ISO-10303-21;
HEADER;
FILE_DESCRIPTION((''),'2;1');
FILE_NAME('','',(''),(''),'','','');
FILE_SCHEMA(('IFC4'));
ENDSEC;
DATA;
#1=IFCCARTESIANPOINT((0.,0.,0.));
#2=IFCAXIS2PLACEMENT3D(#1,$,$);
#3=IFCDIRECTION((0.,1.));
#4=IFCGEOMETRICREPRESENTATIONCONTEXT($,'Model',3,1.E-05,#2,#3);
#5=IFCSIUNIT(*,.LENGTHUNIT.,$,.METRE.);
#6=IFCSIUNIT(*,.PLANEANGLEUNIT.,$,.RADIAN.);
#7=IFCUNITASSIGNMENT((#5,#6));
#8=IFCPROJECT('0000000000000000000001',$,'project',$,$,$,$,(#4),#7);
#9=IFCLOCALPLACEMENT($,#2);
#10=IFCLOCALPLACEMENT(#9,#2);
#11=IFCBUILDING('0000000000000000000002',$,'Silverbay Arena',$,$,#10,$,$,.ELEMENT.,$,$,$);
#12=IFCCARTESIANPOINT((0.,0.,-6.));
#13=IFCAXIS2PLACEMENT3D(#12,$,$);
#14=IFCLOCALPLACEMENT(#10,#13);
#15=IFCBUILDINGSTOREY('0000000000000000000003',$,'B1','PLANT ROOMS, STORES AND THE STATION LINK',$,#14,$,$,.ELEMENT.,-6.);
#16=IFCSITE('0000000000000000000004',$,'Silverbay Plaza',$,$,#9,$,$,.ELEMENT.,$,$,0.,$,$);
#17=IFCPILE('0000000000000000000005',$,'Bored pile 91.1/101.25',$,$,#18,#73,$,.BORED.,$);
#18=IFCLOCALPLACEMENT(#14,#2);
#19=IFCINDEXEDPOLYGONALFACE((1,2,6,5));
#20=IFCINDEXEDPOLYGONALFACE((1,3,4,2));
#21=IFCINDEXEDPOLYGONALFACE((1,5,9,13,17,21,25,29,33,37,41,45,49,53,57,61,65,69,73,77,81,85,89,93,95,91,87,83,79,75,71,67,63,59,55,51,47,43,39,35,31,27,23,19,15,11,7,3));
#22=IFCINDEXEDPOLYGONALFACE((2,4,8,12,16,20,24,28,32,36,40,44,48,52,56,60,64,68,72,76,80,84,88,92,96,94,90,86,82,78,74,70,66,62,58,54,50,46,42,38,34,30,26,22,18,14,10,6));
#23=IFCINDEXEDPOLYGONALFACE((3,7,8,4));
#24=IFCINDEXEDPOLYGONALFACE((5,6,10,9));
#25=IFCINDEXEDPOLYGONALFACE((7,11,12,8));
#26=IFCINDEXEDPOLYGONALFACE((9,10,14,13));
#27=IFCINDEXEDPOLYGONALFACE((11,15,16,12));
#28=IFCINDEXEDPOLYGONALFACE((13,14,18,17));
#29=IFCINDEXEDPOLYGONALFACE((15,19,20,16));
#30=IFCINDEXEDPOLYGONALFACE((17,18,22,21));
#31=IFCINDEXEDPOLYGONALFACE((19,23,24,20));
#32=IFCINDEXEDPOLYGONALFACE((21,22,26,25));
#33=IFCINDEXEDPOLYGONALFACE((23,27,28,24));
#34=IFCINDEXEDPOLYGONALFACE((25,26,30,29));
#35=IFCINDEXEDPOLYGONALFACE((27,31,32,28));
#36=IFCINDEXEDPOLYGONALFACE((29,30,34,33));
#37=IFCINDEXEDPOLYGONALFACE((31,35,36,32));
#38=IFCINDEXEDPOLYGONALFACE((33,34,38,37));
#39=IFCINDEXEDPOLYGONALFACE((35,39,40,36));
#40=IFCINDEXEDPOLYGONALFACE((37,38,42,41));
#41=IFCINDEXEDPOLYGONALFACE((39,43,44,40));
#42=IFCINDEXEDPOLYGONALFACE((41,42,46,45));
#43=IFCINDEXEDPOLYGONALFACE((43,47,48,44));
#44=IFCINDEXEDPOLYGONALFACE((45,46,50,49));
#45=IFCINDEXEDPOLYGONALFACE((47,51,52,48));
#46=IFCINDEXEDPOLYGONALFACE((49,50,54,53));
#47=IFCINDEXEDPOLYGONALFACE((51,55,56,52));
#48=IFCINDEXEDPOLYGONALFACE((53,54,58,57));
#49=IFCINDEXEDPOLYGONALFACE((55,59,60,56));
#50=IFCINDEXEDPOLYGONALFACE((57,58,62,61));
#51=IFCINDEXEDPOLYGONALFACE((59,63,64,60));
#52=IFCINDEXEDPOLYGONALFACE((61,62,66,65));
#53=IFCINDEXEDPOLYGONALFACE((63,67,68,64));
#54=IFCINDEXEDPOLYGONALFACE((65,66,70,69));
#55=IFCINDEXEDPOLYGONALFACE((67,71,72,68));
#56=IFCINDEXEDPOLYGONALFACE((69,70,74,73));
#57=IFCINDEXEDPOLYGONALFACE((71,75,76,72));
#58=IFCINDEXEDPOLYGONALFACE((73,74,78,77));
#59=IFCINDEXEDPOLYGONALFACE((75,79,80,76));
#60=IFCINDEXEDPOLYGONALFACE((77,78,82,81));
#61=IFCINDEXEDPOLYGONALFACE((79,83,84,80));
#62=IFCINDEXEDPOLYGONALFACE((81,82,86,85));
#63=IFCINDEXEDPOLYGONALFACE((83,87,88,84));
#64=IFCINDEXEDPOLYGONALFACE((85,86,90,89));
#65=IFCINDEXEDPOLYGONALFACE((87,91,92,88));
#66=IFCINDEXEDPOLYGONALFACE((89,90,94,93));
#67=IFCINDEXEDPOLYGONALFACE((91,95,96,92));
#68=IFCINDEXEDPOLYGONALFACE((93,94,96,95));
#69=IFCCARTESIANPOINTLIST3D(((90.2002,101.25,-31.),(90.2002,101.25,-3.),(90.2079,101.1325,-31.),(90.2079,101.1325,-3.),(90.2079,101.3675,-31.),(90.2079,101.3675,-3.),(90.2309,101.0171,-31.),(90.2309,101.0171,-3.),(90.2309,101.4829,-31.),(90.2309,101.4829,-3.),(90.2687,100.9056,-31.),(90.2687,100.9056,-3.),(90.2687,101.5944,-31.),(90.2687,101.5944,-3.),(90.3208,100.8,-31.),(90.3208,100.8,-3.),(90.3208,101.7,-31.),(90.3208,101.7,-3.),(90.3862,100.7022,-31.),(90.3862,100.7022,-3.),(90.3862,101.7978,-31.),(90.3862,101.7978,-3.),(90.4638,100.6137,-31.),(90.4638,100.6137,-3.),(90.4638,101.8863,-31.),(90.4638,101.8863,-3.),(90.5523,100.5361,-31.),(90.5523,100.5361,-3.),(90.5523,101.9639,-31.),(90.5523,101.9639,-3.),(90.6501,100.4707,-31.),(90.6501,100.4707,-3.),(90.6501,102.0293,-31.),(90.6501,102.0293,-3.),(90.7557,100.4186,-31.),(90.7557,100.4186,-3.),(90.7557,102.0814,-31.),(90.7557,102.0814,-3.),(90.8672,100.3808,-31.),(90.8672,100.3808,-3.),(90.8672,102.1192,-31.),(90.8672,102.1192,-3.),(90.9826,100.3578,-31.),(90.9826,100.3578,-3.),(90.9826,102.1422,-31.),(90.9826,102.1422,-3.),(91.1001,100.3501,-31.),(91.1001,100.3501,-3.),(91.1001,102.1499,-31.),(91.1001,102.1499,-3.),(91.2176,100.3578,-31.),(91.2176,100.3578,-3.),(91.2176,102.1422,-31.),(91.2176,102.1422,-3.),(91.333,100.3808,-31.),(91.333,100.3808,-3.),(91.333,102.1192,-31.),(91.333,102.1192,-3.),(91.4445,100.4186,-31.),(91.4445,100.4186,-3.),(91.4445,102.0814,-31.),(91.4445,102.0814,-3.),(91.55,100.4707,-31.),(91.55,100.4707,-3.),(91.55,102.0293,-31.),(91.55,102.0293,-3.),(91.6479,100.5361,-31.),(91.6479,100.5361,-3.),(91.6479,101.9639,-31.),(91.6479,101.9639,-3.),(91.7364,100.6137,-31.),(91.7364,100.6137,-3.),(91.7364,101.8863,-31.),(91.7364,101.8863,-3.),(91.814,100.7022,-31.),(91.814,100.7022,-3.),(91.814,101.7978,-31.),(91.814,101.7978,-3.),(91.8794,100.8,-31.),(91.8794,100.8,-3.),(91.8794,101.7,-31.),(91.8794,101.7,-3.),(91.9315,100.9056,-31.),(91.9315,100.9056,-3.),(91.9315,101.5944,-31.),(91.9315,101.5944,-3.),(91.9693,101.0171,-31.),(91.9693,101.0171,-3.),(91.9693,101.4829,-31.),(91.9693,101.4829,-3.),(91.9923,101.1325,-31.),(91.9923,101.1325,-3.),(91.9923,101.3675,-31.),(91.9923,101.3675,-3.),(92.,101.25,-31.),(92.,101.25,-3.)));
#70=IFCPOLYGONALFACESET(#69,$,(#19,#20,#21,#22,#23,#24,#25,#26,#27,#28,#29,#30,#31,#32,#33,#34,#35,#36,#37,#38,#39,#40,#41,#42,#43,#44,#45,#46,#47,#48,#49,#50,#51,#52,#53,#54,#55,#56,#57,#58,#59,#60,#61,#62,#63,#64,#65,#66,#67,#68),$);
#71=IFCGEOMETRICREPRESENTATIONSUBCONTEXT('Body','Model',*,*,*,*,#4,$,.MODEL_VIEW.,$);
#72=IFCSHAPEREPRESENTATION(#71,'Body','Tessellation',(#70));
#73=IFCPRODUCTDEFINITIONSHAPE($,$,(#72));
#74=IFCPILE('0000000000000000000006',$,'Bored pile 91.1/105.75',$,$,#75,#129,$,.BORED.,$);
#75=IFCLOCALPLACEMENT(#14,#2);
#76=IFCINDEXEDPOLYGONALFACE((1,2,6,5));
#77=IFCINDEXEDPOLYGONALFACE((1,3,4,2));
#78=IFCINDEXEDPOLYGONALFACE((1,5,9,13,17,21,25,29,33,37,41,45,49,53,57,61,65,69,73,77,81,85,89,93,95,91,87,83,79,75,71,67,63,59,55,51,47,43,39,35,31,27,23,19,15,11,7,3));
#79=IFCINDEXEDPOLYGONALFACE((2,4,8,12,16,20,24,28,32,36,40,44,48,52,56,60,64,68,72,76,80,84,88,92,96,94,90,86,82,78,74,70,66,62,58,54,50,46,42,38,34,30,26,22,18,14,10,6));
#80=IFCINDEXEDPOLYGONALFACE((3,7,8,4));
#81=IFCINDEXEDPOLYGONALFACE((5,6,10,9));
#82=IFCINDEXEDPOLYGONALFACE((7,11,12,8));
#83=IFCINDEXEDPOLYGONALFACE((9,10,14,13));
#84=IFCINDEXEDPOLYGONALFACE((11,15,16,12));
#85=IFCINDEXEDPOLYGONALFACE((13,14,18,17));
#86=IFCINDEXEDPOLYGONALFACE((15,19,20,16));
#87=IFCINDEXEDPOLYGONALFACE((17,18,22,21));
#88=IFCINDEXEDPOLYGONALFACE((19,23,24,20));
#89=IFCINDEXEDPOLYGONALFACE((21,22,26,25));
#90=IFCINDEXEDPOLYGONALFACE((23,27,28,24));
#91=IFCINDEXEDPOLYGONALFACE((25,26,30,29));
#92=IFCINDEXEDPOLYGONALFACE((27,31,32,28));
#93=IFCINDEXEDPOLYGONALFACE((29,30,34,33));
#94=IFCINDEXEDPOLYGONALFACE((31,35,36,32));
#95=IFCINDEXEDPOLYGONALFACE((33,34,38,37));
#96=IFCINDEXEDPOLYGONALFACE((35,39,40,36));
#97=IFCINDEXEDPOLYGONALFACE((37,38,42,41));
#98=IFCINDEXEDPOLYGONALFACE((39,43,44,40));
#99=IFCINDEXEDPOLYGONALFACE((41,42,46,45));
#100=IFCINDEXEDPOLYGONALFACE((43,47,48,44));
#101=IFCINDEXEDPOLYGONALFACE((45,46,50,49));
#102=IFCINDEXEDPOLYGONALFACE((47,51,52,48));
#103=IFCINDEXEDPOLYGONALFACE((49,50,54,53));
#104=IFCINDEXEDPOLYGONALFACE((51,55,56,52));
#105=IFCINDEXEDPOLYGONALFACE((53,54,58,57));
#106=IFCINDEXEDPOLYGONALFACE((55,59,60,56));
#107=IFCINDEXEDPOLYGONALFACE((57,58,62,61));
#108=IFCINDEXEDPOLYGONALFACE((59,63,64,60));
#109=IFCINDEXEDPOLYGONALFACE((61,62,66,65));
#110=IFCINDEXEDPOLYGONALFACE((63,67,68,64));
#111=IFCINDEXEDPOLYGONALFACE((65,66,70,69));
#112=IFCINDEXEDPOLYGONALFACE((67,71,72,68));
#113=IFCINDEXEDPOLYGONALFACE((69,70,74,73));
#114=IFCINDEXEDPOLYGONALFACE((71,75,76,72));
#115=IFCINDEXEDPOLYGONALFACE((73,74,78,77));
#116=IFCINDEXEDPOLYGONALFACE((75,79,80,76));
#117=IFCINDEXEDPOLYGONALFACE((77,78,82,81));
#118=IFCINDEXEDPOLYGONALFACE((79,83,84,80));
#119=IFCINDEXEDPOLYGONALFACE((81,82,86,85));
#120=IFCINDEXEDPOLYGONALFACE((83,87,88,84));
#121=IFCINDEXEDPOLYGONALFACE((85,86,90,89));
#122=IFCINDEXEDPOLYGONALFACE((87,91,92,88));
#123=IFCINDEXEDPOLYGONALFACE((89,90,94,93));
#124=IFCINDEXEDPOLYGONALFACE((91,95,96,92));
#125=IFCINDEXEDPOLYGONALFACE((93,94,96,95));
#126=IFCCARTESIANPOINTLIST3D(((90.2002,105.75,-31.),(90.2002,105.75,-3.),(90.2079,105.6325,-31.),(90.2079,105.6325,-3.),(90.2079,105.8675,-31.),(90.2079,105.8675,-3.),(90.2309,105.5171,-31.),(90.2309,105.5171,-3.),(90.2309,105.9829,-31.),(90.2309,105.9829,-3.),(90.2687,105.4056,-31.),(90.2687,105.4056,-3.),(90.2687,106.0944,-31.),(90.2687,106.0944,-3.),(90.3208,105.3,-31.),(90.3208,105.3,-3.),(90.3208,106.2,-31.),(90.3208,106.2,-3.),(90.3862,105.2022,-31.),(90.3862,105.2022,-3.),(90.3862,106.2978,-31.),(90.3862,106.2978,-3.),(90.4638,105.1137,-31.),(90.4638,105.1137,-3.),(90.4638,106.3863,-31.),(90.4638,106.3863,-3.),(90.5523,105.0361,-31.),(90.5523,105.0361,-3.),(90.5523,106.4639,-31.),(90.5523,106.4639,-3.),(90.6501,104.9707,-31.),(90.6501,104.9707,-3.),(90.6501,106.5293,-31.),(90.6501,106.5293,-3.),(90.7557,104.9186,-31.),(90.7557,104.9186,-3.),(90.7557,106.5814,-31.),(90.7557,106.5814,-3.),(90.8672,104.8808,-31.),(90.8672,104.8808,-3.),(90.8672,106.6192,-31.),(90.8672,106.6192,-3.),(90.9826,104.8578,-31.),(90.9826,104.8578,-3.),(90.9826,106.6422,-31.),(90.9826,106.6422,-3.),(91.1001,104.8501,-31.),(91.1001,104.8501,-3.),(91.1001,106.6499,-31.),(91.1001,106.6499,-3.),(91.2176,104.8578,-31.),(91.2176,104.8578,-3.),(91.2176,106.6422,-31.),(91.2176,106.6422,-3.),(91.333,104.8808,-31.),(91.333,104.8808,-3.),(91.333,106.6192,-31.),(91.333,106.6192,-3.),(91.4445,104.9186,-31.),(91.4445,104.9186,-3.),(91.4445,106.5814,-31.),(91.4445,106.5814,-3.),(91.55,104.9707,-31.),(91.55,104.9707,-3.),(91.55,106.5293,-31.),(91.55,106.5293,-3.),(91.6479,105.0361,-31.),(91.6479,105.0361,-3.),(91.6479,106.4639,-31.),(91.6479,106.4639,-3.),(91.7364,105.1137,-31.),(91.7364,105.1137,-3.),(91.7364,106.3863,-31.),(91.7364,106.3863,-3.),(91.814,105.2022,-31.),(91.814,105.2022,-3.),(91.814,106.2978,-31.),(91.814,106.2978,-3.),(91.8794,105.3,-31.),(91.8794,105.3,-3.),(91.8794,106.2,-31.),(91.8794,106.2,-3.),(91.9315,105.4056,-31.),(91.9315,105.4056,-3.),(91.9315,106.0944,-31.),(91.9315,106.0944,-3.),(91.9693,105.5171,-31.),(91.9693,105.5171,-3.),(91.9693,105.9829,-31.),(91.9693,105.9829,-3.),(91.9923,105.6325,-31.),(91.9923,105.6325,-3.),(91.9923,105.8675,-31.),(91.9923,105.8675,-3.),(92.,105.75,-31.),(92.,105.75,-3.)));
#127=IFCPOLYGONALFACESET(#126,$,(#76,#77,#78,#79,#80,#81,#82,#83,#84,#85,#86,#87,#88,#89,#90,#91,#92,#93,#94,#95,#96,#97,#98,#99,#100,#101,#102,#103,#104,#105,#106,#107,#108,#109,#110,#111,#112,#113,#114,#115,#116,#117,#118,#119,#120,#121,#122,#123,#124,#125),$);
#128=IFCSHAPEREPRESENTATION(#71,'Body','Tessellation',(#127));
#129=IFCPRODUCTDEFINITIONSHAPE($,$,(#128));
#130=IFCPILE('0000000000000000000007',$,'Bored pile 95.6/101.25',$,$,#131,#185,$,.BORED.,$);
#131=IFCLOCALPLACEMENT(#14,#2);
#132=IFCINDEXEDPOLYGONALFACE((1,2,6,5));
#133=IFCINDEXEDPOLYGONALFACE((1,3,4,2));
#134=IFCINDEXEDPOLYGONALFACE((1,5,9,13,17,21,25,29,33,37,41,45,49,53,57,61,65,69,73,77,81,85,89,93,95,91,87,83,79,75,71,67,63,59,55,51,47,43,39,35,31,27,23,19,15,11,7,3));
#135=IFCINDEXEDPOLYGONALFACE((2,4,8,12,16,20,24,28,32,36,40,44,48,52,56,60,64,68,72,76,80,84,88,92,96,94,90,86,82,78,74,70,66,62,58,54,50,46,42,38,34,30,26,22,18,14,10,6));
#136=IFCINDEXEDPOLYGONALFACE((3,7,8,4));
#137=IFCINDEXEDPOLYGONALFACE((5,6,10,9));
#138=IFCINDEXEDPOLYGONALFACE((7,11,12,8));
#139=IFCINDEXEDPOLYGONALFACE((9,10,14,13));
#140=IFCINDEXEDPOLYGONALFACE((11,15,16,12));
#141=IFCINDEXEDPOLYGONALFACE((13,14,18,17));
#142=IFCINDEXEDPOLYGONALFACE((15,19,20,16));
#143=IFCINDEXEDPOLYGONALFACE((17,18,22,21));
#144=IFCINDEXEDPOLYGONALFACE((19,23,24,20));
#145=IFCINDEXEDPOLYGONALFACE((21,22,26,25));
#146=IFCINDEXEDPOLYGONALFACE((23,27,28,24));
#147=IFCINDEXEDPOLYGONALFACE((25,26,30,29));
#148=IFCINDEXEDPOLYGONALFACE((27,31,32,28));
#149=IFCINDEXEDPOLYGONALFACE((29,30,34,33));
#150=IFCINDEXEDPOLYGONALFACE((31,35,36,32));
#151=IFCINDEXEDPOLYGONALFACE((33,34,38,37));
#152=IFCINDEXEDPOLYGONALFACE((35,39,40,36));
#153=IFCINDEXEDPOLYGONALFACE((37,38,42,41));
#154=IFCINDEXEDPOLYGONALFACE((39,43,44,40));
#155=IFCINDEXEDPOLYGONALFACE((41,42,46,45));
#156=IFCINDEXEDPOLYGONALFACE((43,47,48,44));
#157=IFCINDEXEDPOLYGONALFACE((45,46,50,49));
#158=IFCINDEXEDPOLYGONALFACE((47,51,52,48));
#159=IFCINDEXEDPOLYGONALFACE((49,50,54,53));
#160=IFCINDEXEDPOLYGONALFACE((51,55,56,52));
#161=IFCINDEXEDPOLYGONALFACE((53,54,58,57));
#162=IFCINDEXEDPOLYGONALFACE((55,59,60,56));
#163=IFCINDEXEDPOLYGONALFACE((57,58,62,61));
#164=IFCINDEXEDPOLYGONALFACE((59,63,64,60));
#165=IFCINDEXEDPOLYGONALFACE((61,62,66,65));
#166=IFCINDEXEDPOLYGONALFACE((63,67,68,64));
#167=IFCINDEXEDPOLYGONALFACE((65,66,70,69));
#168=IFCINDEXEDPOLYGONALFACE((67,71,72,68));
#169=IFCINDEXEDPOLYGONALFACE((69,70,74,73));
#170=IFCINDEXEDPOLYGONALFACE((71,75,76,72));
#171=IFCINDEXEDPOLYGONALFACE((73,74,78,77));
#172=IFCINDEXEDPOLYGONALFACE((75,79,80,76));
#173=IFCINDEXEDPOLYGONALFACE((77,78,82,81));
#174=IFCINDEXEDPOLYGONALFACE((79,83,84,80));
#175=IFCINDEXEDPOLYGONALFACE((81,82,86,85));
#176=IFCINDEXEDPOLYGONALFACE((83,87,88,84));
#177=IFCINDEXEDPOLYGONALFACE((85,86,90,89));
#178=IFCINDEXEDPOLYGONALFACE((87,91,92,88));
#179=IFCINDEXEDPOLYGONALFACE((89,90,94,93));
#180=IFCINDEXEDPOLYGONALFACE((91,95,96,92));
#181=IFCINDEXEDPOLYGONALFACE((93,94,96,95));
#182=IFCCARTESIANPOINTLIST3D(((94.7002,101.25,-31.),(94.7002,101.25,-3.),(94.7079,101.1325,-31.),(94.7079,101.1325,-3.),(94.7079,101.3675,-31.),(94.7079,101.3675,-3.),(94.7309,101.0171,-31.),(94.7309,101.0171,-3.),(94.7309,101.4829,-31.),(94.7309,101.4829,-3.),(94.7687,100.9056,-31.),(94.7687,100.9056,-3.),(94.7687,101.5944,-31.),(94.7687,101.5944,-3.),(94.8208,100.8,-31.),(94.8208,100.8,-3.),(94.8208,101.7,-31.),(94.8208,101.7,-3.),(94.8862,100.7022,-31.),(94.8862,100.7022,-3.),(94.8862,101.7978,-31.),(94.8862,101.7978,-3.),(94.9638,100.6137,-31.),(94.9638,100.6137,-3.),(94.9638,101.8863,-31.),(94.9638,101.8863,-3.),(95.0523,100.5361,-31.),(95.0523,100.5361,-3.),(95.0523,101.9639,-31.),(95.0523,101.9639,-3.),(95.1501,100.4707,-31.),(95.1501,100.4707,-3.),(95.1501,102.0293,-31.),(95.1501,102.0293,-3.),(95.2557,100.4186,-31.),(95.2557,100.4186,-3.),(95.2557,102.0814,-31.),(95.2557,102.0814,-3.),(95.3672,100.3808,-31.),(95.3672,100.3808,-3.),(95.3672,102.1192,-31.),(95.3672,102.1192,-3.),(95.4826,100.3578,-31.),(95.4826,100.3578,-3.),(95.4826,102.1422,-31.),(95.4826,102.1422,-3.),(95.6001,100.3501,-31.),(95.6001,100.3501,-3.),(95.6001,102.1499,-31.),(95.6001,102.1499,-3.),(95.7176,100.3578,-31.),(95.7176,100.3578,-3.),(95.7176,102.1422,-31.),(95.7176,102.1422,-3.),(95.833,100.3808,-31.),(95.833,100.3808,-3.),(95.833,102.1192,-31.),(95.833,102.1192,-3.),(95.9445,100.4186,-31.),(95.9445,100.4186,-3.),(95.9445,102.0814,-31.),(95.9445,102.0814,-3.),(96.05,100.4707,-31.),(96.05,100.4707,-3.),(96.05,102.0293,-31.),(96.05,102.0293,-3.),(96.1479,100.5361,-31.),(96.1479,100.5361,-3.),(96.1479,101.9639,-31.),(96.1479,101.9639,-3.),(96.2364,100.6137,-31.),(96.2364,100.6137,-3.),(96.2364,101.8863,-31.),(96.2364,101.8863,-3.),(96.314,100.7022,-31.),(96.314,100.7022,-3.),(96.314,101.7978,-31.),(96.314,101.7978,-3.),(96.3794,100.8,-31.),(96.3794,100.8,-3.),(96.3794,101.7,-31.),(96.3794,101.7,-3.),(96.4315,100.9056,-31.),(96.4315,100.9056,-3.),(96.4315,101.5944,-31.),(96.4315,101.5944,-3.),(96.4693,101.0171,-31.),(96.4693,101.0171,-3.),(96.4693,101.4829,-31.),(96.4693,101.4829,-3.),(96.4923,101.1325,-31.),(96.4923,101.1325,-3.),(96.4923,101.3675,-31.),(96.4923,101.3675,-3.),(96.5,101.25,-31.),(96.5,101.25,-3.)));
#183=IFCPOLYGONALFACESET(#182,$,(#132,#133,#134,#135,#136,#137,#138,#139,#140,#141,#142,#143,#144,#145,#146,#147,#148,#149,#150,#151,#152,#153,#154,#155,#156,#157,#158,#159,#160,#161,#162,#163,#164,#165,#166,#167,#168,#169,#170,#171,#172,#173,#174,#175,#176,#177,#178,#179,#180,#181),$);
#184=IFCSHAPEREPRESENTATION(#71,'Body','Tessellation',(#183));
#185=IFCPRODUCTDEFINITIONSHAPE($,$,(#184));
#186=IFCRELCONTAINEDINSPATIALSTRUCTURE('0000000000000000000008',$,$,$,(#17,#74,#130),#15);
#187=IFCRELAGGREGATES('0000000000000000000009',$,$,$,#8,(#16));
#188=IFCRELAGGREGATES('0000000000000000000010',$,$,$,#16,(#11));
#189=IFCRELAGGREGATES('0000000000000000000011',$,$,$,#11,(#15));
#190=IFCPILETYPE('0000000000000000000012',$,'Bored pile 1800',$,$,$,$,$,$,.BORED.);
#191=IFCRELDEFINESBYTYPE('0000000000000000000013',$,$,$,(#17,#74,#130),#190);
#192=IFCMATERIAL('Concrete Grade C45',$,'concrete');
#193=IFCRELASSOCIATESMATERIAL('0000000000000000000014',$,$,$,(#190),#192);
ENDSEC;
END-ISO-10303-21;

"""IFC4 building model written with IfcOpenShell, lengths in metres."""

from ifc_helpers import new_model, si_unit, direction, frame, origin, origin_2d, place, context, subcontext, project, spatial, circle, extrude, material, material_profile, profile_set, type_object, element, save


model = new_model("IFC4")

# Units and contexts
model_context = context("Model", 3, precision=1e-05, world=origin(), true_north=direction((0.0, 1.0)))
body_context = subcontext(model_context, "Body", "Model", "MODEL_VIEW")
ifc_project = project(units=[si_unit("LENGTHUNIT", "METRE"), si_unit("PLANEANGLEUNIT", "RADIAN")], contexts=[model_context])

# Site, building, storey
site_placement = place(None, origin())
site = spatial("IfcSite", under=ifc_project, at=site_placement, Name="Silverbay Plaza", CompositionType="ELEMENT", RefElevation=0.0)
building_placement = place(site_placement, origin())
building = spatial("IfcBuilding", under=site, at=building_placement, Name="Silverbay Arena", CompositionType="ELEMENT")
storey_placement = place(building_placement, frame((0.0, 0.0, -6.0)))
storey = spatial("IfcBuildingStorey", under=building, at=storey_placement, Name="B1", Description="PLANT ROOMS, STORES AND THE STATION LINK", CompositionType="ELEMENT", Elevation=-6.0)

# Piles
ifc_material_1 = material(Name="Concrete Grade C45", Category="concrete")
ifc_material_profile_1 = material_profile(ifc_material_1, circle(Radius=0.8999, at=origin_2d()), Name="Bored pile 1800")
ifc_profile_set_1 = profile_set([ifc_material_profile_1], Name="Concrete Grade C45")
pile_type_1 = type_object("IfcPileType", Name="Bored pile 1800", PredefinedType="BORED", material=ifc_profile_set_1)
for number, where, z_axis, x_axis, name in (
    (1, (91.1001, 101.25, -3.0), (0.0, 0.0, -1.0), (1.0, 0.0, 0.0), "Bored pile 91.1/101.25"),
    (2, (91.1001, 105.75, -3.0), (0.0, 0.0, -1.0), (1.0, 0.0, 0.0), "Bored pile 91.1/105.75"),
    (3, (95.6001, 101.25, -3.0), (0.0, 0.0, -1.0), (1.0, 0.0, 0.0), "Bored pile 95.6/101.25"),
):
    element("IfcPile", number, at=place(storey_placement, frame(where, z_axis=z_axis, x_axis=x_axis)), inside=storey, type_object=pile_type_1, Name=name, PredefinedType="BORED", context=body_context, shape_type="SweptSolid", body=[
        extrude(circle(Radius=0.8999, at=origin_2d()), origin(), (0.0, 0.0, 1.0), 28.0),
    ])

save(model, "model.ifc")
